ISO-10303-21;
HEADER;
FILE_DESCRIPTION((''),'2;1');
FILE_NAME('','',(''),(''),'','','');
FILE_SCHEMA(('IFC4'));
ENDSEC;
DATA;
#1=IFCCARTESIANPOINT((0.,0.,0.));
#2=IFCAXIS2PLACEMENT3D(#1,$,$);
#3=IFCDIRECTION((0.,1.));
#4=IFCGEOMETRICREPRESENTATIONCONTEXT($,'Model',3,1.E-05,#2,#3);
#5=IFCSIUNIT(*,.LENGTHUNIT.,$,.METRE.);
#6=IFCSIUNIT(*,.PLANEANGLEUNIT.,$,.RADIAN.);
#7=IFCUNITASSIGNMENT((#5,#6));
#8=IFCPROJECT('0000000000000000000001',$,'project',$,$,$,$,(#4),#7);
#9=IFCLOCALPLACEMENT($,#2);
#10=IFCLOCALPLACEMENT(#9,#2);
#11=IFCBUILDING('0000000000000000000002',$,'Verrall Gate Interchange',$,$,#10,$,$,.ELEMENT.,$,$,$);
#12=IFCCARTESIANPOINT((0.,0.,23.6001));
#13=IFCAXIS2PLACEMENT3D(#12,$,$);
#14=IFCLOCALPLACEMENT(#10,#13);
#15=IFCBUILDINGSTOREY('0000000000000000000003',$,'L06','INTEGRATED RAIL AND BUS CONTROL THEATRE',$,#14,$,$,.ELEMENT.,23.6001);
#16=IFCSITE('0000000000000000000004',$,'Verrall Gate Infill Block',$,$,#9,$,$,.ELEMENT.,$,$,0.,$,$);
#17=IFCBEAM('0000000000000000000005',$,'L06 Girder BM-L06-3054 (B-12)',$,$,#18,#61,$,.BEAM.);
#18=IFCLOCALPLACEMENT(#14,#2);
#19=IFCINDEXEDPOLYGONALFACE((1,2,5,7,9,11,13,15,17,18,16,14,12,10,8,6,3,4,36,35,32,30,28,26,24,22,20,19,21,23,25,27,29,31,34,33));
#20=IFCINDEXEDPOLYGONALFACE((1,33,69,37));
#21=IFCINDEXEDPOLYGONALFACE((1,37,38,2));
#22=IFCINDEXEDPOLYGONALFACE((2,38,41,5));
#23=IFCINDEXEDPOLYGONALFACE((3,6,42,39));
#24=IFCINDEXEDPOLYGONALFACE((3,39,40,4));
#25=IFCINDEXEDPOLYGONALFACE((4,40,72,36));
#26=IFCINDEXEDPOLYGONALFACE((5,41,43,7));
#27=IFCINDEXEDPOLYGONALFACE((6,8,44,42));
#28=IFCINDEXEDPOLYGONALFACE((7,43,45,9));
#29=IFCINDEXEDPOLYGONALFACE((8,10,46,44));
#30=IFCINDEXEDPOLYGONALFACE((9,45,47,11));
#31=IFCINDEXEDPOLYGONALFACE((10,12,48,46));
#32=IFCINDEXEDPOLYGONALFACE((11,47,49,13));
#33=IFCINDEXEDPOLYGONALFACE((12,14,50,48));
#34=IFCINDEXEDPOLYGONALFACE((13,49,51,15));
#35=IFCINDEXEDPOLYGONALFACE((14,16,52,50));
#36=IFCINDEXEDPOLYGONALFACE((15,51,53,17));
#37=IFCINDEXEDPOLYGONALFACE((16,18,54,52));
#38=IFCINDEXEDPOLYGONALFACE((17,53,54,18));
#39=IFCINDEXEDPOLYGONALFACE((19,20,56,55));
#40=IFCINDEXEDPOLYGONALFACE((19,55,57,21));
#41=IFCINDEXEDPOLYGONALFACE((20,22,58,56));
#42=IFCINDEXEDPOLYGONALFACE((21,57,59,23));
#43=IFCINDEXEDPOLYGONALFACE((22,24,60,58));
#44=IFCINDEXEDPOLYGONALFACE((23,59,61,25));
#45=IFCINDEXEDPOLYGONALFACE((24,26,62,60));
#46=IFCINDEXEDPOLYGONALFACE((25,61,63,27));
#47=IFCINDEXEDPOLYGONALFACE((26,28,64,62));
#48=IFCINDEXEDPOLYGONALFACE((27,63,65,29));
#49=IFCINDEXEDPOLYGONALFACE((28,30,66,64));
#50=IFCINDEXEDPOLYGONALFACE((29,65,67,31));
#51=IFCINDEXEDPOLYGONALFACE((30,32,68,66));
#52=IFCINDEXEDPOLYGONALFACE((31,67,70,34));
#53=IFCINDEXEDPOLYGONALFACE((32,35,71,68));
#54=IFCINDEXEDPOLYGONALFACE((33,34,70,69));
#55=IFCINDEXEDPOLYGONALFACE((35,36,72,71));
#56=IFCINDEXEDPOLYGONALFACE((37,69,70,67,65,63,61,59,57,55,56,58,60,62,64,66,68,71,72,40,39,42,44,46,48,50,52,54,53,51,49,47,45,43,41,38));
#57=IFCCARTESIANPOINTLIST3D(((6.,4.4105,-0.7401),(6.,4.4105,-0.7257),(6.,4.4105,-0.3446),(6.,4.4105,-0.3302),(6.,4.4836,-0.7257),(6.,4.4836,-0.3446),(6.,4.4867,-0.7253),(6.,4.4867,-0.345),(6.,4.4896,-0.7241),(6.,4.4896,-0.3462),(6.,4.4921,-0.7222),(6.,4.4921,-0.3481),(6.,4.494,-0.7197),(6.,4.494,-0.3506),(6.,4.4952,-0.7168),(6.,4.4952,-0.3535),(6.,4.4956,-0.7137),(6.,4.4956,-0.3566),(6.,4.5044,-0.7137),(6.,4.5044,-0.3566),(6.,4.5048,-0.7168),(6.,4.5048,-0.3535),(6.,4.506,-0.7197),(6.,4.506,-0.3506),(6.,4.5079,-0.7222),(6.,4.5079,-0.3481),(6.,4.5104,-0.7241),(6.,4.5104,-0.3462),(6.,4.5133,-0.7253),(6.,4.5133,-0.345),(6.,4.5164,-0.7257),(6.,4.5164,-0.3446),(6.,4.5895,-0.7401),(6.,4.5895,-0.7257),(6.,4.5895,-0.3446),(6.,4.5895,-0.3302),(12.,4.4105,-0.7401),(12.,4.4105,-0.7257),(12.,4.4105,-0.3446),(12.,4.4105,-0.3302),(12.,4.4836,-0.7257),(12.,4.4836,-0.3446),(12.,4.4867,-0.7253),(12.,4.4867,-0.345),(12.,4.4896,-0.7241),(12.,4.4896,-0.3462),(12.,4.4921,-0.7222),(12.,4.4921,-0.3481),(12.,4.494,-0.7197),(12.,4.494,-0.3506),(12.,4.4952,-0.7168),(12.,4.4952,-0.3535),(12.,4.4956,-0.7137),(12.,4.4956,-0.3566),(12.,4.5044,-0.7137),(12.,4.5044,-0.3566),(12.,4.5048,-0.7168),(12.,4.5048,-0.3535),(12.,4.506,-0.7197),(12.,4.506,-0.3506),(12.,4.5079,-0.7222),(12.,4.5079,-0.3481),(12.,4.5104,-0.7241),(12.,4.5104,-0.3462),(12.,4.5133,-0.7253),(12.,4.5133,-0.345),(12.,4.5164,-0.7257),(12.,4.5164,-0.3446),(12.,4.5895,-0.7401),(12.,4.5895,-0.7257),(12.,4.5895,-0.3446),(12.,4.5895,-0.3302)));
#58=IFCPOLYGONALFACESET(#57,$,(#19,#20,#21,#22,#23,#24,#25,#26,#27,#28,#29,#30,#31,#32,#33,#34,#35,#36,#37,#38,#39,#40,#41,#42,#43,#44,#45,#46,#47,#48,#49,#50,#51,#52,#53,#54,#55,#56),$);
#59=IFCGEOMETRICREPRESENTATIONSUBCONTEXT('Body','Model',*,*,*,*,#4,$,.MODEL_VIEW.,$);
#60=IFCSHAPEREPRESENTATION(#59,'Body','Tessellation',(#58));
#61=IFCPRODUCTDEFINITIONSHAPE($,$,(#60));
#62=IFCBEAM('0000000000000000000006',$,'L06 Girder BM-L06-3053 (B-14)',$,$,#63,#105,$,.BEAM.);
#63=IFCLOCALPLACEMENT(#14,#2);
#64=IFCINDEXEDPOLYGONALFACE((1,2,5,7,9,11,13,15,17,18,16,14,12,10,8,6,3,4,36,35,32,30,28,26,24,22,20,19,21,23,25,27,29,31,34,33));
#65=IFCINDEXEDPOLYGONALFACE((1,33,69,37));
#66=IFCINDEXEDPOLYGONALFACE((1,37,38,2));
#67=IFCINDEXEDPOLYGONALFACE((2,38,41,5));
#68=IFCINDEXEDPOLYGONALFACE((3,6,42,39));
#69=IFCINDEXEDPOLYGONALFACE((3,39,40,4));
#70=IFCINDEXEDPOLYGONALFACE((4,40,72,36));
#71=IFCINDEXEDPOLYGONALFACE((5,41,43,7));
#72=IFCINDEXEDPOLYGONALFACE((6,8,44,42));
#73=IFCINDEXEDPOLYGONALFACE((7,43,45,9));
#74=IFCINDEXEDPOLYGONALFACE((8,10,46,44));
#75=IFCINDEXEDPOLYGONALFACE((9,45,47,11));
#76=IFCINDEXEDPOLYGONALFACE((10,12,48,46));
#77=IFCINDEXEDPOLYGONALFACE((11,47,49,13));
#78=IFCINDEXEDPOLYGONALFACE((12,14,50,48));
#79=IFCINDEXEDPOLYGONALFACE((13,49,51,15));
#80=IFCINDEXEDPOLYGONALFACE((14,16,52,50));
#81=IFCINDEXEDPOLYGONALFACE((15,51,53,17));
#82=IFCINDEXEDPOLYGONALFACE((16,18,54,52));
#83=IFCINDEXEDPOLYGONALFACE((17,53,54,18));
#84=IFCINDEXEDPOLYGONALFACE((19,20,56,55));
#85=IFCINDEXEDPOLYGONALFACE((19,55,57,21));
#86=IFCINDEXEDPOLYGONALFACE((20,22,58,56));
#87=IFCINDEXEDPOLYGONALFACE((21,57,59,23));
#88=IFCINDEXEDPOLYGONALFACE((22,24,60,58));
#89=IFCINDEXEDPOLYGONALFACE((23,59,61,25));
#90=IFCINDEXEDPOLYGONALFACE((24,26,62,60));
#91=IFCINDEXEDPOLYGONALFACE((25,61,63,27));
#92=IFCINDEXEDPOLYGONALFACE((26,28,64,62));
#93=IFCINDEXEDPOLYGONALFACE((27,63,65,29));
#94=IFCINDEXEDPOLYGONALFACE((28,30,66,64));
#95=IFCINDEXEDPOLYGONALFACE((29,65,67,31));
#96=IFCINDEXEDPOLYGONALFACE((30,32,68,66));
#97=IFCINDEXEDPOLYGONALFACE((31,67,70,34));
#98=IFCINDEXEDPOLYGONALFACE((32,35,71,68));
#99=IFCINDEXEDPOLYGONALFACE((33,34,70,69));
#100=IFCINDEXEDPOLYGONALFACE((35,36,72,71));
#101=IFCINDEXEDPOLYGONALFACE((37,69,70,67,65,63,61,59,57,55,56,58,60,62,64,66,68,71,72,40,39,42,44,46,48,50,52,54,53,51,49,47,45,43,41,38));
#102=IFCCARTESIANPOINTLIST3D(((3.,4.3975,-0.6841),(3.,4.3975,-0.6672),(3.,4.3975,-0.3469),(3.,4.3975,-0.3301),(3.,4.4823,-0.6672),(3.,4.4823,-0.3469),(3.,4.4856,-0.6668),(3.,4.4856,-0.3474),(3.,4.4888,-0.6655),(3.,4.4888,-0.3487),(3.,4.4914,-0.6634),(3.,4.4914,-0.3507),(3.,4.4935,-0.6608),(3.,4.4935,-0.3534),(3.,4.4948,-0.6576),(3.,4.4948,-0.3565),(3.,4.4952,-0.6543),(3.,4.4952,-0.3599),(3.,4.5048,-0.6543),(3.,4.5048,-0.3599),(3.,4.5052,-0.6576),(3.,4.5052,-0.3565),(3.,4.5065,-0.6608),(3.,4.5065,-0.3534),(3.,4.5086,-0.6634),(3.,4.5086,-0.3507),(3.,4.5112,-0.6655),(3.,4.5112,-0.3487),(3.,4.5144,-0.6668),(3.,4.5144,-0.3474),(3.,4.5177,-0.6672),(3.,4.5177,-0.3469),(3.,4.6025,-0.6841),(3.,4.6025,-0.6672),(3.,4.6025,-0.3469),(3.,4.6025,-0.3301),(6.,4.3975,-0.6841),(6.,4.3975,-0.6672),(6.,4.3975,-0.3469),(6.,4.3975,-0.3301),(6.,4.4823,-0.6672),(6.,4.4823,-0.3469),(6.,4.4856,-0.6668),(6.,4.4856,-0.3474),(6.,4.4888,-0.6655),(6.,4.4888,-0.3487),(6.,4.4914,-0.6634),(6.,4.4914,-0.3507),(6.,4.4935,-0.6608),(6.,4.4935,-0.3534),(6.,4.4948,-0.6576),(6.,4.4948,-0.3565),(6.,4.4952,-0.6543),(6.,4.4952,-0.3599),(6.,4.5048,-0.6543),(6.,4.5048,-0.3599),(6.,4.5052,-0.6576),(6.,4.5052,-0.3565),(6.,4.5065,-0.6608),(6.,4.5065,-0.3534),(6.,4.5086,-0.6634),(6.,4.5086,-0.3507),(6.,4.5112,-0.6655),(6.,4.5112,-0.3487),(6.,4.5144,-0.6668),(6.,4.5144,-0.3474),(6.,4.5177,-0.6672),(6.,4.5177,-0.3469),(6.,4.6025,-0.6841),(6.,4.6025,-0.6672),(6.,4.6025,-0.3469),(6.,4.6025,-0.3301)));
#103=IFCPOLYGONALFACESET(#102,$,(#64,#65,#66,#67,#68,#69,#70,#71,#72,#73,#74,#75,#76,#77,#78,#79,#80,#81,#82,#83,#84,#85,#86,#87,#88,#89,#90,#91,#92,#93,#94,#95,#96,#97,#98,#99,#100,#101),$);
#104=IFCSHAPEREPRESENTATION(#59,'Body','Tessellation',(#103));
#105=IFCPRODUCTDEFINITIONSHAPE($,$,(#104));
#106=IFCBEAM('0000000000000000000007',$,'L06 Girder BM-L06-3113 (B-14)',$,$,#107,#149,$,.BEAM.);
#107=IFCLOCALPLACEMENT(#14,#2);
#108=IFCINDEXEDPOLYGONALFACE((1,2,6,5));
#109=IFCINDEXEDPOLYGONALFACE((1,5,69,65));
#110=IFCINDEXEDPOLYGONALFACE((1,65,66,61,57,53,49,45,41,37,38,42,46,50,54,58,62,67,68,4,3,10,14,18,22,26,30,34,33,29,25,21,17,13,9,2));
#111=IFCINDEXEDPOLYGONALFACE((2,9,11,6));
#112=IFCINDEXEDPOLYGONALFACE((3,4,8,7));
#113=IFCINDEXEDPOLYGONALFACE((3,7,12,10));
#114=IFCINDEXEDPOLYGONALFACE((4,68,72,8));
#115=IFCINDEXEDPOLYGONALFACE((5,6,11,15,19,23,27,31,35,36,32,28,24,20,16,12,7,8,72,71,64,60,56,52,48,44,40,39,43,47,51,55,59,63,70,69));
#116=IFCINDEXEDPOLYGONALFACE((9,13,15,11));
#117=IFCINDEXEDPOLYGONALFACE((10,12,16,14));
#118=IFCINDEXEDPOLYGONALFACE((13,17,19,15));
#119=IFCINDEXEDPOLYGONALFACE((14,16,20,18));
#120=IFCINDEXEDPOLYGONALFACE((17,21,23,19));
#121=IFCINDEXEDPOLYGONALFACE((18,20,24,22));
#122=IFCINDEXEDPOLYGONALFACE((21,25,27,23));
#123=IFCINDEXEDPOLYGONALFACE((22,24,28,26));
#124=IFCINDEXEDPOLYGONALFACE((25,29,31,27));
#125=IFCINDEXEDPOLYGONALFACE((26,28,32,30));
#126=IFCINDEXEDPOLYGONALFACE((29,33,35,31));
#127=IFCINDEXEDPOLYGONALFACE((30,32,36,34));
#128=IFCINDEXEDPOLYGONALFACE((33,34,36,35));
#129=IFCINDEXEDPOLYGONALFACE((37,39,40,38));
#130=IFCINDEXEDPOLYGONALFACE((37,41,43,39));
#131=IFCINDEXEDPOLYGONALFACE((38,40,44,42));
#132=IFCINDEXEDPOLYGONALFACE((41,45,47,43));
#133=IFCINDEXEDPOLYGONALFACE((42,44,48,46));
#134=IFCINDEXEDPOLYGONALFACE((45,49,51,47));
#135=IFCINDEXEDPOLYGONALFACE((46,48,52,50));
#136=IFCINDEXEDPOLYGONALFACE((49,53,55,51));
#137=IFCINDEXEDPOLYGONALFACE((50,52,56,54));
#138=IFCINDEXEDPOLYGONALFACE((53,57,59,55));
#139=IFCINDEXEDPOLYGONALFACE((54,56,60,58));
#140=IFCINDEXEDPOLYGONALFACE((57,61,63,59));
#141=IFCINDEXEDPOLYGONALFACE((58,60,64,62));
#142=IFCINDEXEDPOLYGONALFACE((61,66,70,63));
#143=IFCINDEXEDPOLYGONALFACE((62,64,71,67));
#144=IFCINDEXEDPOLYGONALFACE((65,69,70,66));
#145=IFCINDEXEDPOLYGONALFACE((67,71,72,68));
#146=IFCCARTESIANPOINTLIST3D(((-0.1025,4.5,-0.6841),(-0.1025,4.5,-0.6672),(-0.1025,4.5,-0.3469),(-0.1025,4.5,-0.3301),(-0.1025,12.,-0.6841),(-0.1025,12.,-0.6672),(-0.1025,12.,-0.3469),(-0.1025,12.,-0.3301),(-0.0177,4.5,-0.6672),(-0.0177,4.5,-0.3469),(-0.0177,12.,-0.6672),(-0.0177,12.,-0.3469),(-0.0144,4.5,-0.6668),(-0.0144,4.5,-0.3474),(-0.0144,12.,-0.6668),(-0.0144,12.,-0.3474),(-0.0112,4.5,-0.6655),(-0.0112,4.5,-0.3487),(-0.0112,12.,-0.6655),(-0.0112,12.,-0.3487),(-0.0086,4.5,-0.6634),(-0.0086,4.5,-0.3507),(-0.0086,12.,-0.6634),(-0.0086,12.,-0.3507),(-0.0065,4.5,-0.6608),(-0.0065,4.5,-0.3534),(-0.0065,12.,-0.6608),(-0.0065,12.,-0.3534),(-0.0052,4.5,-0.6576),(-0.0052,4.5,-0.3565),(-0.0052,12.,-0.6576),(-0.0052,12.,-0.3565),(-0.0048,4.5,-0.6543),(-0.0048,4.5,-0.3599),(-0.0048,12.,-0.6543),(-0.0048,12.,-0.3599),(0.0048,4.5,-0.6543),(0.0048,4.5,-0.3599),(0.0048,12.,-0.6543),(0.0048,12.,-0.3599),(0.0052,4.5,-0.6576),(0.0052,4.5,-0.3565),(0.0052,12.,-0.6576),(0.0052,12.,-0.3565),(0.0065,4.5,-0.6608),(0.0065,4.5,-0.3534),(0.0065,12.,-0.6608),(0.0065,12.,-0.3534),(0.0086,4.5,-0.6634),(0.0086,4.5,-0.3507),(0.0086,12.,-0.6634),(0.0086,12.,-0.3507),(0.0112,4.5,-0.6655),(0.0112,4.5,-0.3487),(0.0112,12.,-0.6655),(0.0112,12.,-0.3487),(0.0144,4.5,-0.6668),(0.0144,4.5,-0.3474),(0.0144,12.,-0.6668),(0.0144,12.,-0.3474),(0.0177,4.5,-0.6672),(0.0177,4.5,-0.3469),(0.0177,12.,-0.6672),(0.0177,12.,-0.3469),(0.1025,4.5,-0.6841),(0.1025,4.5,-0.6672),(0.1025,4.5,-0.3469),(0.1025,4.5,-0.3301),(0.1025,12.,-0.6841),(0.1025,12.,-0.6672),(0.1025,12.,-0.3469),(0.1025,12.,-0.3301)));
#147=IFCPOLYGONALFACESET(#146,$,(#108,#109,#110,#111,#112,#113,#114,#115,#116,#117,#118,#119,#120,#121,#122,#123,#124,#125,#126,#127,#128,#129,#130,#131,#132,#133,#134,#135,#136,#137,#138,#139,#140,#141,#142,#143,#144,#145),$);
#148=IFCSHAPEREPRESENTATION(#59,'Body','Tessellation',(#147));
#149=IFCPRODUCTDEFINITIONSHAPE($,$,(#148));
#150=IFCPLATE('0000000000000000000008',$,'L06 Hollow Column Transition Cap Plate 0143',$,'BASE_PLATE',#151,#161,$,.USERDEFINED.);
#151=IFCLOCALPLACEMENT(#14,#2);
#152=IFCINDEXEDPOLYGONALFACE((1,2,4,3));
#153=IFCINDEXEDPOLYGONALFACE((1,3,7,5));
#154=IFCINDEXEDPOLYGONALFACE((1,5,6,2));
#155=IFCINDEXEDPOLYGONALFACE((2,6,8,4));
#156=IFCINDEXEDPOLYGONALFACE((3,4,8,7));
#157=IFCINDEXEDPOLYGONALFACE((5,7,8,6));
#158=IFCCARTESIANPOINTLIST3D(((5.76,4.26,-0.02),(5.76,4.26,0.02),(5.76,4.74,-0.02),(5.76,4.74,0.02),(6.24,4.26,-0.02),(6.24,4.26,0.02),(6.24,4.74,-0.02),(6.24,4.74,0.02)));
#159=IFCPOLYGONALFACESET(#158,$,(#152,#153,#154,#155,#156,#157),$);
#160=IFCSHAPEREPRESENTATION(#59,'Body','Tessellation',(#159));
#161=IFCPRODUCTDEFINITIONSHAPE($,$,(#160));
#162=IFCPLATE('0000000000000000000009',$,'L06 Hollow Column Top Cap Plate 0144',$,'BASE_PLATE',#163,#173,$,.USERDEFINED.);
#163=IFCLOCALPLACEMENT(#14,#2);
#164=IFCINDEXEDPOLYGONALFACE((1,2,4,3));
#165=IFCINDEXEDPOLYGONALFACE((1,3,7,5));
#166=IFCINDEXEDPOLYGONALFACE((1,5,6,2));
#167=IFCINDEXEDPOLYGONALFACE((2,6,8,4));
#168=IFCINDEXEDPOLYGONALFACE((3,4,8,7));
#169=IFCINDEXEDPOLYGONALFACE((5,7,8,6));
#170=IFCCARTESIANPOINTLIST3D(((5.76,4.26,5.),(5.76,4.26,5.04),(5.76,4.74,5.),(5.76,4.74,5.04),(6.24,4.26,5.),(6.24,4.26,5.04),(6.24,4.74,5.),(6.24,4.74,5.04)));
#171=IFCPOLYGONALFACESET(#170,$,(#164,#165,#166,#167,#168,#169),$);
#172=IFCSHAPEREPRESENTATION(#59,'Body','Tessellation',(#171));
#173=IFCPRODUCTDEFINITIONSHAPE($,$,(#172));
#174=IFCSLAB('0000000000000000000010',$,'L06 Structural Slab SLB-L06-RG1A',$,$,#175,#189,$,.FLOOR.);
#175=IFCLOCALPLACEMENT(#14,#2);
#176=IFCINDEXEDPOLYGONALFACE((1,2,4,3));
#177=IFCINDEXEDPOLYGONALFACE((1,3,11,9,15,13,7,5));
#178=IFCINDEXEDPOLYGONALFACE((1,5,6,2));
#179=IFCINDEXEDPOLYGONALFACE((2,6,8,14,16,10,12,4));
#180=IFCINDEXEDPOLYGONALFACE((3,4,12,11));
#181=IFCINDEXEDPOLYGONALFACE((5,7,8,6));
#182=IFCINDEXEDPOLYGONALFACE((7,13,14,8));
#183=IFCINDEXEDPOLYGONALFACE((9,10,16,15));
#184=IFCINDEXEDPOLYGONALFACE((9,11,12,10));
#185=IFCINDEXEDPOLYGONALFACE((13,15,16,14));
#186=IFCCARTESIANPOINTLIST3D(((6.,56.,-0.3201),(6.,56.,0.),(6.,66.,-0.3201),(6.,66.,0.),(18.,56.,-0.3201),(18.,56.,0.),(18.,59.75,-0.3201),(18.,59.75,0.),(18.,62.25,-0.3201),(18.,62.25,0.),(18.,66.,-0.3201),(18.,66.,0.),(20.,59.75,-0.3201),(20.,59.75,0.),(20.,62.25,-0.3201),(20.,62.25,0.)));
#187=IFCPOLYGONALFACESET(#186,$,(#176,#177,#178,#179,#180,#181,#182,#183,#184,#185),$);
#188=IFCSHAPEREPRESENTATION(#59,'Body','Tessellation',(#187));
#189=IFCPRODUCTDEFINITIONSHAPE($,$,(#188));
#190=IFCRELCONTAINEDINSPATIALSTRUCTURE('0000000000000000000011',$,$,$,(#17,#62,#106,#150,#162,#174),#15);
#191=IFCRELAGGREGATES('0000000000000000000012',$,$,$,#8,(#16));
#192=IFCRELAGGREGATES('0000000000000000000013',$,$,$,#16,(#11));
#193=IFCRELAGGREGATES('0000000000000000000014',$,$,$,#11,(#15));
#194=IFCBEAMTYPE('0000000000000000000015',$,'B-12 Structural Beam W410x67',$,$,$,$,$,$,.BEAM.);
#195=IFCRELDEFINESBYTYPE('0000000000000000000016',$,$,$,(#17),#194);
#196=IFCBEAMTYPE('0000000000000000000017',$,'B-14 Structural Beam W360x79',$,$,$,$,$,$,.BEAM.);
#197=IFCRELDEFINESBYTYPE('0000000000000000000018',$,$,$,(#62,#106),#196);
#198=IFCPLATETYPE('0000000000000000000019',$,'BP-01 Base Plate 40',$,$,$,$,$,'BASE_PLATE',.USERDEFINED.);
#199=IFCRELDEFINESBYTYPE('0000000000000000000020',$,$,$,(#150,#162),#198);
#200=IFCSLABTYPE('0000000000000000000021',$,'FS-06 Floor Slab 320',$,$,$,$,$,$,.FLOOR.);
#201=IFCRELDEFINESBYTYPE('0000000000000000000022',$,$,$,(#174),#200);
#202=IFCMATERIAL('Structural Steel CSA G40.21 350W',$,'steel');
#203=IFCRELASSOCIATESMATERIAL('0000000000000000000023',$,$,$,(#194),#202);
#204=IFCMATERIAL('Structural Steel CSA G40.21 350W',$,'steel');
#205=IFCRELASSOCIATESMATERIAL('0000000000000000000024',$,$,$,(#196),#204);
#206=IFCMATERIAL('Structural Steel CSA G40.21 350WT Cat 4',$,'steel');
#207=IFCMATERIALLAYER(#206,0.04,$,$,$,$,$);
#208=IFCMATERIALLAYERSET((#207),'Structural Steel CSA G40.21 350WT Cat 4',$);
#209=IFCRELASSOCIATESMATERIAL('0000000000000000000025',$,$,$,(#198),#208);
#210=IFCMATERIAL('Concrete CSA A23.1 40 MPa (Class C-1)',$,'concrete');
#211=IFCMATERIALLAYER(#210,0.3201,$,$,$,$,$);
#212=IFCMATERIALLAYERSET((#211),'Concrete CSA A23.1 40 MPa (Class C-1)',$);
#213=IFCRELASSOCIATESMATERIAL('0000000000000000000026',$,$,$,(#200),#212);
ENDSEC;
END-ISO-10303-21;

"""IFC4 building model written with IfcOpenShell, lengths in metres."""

from ifc_helpers import new_model, si_unit, direction, frame, origin, origin_2d, place, context, subcontext, project, spatial, polyline, rectangle, i_section, outline, extrude, material, layer, layer_set, material_profile, profile_set, type_object, element, save


model = new_model("IFC4")

# Units and contexts
model_context = context("Model", 3, precision=1e-05, world=origin(), true_north=direction((0.0, 1.0)))
body_context = subcontext(model_context, "Body", "Model", "MODEL_VIEW")
ifc_project = project(units=[si_unit("LENGTHUNIT", "METRE"), si_unit("PLANEANGLEUNIT", "RADIAN")], contexts=[model_context])

# Site, building, storey
site_placement = place(None, origin())
site = spatial("IfcSite", under=ifc_project, at=site_placement, Name="Verrall Gate Infill Block", CompositionType="ELEMENT", RefElevation=0.0)
building_placement = place(site_placement, origin())
building = spatial("IfcBuilding", under=site, at=building_placement, Name="Verrall Gate Interchange", CompositionType="ELEMENT")
storey_placement = place(building_placement, frame((0.0, 0.0, 23.6001)))
storey = spatial("IfcBuildingStorey", under=building, at=storey_placement, Name="L06", Description="INTEGRATED RAIL AND BUS CONTROL THEATRE", CompositionType="ELEMENT", Elevation=23.6001)

# Beams
ifc_material_1 = material(Name="Structural Steel CSA G40.21 350W", Category="steel")
ifc_material_profile_1 = material_profile(ifc_material_1, i_section(OverallWidth=0.179, OverallDepth=0.4099, WebThickness=0.0088, FlangeThickness=0.0144, FilletRadius=0.012, at=origin_2d()), Name="W410x67")
ifc_profile_set_1 = profile_set([ifc_material_profile_1], Name="Structural Steel CSA G40.21 350W")
beam_type_1 = type_object("IfcBeamType", Name="B-12 Structural Beam W410x67", PredefinedType="BEAM", material=ifc_profile_set_1)
beam_1_placement = place(storey_placement, frame((6.0, 4.5, -0.5352), z_axis=(1.0, 0.0, 0.0), x_axis=(0.0, 1.0, 0.0)))
element("IfcBeam", 1, at=beam_1_placement, inside=storey, type_object=beam_type_1, Name="L06 Girder BM-L06-3054 (B-12)", PredefinedType="BEAM", context=body_context, shape_type="SweptSolid", body=[
    extrude(i_section(OverallWidth=0.179, OverallDepth=0.4099, WebThickness=0.0088, FlangeThickness=0.0144, FilletRadius=0.012, at=origin_2d()), origin(), (0.0, 0.0, 1.0), 6.0),
])
ifc_material_2 = material(Name="Structural Steel CSA G40.21 350W", Category="steel")
ifc_material_profile_2 = material_profile(ifc_material_2, i_section(OverallWidth=0.2051, OverallDepth=0.354, WebThickness=0.0095, FlangeThickness=0.0168, FilletRadius=0.0129, at=origin_2d()), Name="W360x79")
ifc_profile_set_2 = profile_set([ifc_material_profile_2], Name="Structural Steel CSA G40.21 350W")
beam_type_2 = type_object("IfcBeamType", Name="B-14 Structural Beam W360x79", PredefinedType="BEAM", material=ifc_profile_set_2)
beam_2_placement = place(storey_placement, frame((3.0, 4.5, -0.5071), z_axis=(1.0, 0.0, 0.0), x_axis=(0.0, 1.0, 0.0)))
element("IfcBeam", 2, at=beam_2_placement, inside=storey, type_object=beam_type_2, Name="L06 Girder BM-L06-3053 (B-14)", PredefinedType="BEAM", context=body_context, shape_type="SweptSolid", body=[
    extrude(i_section(OverallWidth=0.2051, OverallDepth=0.354, WebThickness=0.0095, FlangeThickness=0.0168, FilletRadius=0.0129, at=origin_2d()), origin(), (0.0, 0.0, 1.0), 3.0),
])
beam_3_placement = place(storey_placement, frame((0.0, 4.5, -0.5071), z_axis=(0.0, 1.0, 0.0), x_axis=(-1.0, 0.0, 0.0)))
element("IfcBeam", 3, at=beam_3_placement, inside=storey, type_object=beam_type_2, Name="L06 Girder BM-L06-3113 (B-14)", PredefinedType="BEAM", context=body_context, shape_type="SweptSolid", body=[
    extrude(i_section(OverallWidth=0.2051, OverallDepth=0.354, WebThickness=0.0095, FlangeThickness=0.0168, FilletRadius=0.0129, at=origin_2d()), origin(), (0.0, 0.0, 1.0), 7.5),
])

# Plates
ifc_material_3 = material(Name="Structural Steel CSA G40.21 350WT Cat 4", Category="steel")
ifc_layer_1 = layer(ifc_material_3, 0.04)
ifc_layer_set_1 = layer_set([ifc_layer_1], Name="Structural Steel CSA G40.21 350WT Cat 4")
plate_type = type_object("IfcPlateType", Name="BP-01 Base Plate 40", ElementType="BASE_PLATE", PredefinedType="USERDEFINED", material=ifc_layer_set_1)
for number, where, z_axis, x_axis, name in (
    (4, (6.0, 4.5, -0.02), (0.0, 0.0, 1.0), (1.0, 0.0, 0.0), "L06 Hollow Column Transition Cap Plate 0143"),
    (5, (6.0, 4.5, 5.0), (0.0, 0.0, 1.0), (1.0, 0.0, 0.0), "L06 Hollow Column Top Cap Plate 0144"),
):
    element("IfcPlate", number, at=place(storey_placement, frame(where, z_axis=z_axis, x_axis=x_axis)), inside=storey, type_object=plate_type, Name=name, ObjectType="BASE_PLATE", PredefinedType="USERDEFINED", context=body_context, shape_type="SweptSolid", body=[
        extrude(rectangle(XDim=0.48, YDim=0.48, at=origin_2d()), origin(), (0.0, 0.0, 1.0), 0.04),
    ])

# Slab
ifc_material_4 = material(Name="Concrete CSA A23.1 40 MPa (Class C-1)", Category="concrete")
ifc_layer_2 = layer(ifc_material_4, 0.3201)
ifc_layer_set_2 = layer_set([ifc_layer_2], Name="Concrete CSA A23.1 40 MPa (Class C-1)")
slab_type_1 = type_object("IfcSlabType", Name="FS-06 Floor Slab 320", PredefinedType="FLOOR", material=ifc_layer_set_2)
slab_1_placement = place(storey_placement, frame((0.0, 0.0, -0.3201)))
element("IfcSlab", 6, at=slab_1_placement, inside=storey, type_object=slab_type_1, Name="L06 Structural Slab SLB-L06-RG1A", PredefinedType="FLOOR", context=body_context, shape_type="SweptSolid", body=[
    extrude(outline(polyline([(6.0, 66.0), (18.0, 66.0), (18.0, 62.25), (20.0, 62.25), (20.0, 59.75), (18.0, 59.75), (18.0, 56.0), (6.0, 56.0), (6.0, 66.0)])), origin(), (0.0, 0.0, 1.0), 0.3201),
])

save(model, "model.ifc")
